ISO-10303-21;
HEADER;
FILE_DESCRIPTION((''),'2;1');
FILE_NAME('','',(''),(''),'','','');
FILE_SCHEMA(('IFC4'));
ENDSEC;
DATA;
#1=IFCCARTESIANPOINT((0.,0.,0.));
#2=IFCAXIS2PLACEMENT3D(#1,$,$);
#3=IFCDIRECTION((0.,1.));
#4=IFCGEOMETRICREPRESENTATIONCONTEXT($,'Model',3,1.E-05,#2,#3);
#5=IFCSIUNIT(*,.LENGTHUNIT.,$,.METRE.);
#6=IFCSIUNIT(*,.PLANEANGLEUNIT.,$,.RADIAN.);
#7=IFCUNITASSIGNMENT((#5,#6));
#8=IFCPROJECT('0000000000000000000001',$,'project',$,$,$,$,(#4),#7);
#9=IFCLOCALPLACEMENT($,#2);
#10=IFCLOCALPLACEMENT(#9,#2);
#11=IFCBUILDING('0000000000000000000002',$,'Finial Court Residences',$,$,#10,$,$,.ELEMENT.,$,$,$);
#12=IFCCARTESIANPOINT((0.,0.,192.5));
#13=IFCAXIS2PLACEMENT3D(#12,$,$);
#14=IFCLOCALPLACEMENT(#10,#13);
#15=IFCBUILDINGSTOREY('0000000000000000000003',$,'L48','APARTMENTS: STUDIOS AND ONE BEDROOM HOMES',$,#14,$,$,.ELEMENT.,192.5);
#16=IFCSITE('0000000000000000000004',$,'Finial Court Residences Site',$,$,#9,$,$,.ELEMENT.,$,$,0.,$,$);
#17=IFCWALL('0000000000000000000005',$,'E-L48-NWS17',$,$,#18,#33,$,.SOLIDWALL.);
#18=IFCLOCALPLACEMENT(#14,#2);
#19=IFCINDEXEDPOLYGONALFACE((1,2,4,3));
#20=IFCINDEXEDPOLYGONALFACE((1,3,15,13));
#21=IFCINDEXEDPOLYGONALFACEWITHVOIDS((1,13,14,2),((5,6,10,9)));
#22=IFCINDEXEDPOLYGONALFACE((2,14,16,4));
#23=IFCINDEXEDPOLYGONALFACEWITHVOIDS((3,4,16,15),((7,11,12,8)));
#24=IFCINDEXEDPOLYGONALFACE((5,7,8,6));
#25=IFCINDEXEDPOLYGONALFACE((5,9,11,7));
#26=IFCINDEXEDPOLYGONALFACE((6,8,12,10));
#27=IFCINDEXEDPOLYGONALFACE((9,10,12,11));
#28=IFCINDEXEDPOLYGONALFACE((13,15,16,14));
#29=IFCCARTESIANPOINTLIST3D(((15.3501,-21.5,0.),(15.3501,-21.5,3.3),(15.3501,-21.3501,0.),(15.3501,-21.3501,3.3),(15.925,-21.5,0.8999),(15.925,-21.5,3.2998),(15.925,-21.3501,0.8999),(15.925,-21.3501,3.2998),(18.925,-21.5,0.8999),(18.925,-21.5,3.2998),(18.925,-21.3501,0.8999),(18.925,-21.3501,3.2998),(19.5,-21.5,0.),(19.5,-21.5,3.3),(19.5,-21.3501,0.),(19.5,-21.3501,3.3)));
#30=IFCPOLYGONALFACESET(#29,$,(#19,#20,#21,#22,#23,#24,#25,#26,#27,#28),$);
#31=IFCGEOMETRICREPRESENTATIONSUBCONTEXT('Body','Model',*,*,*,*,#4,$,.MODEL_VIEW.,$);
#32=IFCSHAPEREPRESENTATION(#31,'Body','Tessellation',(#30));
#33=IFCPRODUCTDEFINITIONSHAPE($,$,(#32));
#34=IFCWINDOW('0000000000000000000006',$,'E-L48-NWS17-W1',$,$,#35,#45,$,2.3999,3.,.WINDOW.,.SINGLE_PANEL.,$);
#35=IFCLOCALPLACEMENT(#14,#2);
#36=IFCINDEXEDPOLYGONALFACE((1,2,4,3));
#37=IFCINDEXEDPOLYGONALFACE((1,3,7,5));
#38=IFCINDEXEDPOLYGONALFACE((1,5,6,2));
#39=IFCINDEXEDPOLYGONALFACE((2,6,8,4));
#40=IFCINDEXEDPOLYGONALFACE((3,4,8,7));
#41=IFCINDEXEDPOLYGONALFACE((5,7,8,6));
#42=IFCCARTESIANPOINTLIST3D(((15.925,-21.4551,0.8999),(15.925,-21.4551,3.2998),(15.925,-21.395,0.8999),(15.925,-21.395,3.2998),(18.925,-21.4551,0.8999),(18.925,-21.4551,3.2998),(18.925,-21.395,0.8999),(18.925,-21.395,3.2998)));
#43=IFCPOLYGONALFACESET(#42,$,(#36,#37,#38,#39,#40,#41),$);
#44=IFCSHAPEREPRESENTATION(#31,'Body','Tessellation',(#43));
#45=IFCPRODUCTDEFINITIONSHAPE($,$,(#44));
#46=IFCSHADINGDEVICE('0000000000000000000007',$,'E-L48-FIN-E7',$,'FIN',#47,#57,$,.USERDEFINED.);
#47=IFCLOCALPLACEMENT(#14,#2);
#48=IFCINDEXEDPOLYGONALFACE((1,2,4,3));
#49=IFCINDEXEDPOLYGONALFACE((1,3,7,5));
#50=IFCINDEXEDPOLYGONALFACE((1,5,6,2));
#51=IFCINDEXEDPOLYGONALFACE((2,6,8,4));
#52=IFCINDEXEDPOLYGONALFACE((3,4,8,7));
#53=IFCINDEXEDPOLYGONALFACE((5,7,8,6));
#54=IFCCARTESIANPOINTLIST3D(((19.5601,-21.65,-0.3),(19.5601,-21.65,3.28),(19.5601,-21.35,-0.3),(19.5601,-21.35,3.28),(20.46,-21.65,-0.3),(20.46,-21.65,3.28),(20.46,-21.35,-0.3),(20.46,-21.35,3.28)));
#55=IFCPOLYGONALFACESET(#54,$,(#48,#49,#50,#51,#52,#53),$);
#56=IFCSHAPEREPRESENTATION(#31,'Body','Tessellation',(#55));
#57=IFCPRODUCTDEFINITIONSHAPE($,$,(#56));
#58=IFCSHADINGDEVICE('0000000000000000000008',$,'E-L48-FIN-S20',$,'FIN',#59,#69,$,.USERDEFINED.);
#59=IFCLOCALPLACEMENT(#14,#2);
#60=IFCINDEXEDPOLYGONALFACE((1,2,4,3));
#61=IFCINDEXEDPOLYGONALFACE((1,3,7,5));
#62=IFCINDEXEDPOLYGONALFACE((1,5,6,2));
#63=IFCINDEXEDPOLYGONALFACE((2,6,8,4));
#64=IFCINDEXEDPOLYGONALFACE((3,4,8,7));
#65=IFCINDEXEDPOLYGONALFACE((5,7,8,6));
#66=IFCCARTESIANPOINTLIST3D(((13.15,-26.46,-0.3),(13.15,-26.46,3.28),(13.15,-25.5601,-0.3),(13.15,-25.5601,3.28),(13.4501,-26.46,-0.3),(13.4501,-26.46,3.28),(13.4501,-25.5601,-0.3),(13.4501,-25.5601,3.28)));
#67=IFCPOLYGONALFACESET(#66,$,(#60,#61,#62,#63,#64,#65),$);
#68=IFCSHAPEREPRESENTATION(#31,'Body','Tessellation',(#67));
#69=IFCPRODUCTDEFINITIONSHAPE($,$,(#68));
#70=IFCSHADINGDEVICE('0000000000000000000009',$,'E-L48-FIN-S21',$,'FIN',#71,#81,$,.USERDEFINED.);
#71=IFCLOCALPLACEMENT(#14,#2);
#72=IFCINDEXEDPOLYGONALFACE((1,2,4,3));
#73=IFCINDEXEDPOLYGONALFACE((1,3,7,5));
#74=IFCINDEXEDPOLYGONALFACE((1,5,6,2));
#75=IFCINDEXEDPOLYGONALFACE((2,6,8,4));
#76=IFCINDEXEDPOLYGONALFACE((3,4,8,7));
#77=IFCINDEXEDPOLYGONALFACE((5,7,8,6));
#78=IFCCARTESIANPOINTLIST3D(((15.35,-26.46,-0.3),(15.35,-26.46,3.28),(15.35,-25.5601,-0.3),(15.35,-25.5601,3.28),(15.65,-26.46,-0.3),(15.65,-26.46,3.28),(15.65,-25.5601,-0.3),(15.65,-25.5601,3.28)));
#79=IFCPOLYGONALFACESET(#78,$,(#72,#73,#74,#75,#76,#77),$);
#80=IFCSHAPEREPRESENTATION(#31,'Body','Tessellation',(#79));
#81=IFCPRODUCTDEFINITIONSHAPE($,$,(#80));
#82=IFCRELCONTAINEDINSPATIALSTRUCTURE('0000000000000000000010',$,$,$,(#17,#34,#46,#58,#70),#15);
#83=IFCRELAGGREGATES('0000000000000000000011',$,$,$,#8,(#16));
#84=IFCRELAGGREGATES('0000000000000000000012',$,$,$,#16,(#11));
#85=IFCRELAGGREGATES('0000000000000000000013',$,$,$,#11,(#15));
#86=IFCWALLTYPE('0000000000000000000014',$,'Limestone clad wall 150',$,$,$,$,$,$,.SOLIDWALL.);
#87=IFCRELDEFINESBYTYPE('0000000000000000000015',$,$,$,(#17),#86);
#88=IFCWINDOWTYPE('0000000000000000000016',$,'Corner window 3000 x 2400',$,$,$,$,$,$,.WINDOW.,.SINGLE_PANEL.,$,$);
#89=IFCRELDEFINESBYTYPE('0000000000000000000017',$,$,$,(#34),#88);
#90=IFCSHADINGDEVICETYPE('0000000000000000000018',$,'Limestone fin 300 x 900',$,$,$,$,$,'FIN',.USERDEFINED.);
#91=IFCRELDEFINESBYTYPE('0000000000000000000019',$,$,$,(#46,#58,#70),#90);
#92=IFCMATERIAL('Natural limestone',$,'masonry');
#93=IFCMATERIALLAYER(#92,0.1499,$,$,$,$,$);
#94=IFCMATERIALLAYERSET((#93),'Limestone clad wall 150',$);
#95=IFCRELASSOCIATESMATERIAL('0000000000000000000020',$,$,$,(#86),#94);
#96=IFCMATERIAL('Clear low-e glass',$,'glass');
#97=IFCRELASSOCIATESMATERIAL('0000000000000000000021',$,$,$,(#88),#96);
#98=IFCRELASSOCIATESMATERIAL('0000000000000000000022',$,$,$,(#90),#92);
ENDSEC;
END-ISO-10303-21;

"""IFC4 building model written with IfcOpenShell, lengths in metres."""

from ifc_helpers import new_model, si_unit, direction, frame, frame_2d, origin, origin_2d, place, context, subcontext, project, spatial, rectangle, extrude, material, layer, layer_set, type_object, element, fill, save


model = new_model("IFC4")

# Units and contexts
model_context = context("Model", 3, precision=1e-05, world=origin(), true_north=direction((0.0, 1.0)))
body_context = subcontext(model_context, "Body", "Model", "MODEL_VIEW")
ifc_project = project(units=[si_unit("LENGTHUNIT", "METRE"), si_unit("PLANEANGLEUNIT", "RADIAN")], contexts=[model_context])

# Site, building, storey
site_placement = place(None, origin())
site = spatial("IfcSite", under=ifc_project, at=site_placement, Name="Finial Court Residences Site", CompositionType="ELEMENT", RefElevation=0.0)
building_placement = place(site_placement, origin())
building = spatial("IfcBuilding", under=site, at=building_placement, Name="Finial Court Residences", CompositionType="ELEMENT")
storey_placement = place(building_placement, frame((0.0, 0.0, 192.5)))
storey = spatial("IfcBuildingStorey", under=building, at=storey_placement, Name="L48", Description="APARTMENTS: STUDIOS AND ONE BEDROOM HOMES", CompositionType="ELEMENT", Elevation=192.5)

# Shared definitions
ifc_material_1 = material(Name="Clear low-e glass", Category="glass")

# Wall, opening, window
ifc_material_2 = material(Name="Natural limestone", Category="masonry")
ifc_layer_1 = layer(ifc_material_2, 0.1499)
ifc_layer_set_1 = layer_set([ifc_layer_1], Name="Limestone clad wall 150")
wall_type_1 = type_object("IfcWallType", Name="Limestone clad wall 150", PredefinedType="SOLIDWALL", material=ifc_layer_set_1)
wall_1_placement = place(storey_placement, frame((19.5, -21.425, 0.0), z_axis=(0.0, 0.0, 1.0), x_axis=(-1.0, 0.0, 0.0)))
wall_1 = element("IfcWall", 1, at=wall_1_placement, inside=storey, type_object=wall_type_1, Name="E-L48-NWS17", PredefinedType="SOLIDWALL", context=body_context, shape_type="SweptSolid", body=[
    extrude(rectangle(XDim=4.1499, YDim=0.1499, at=frame_2d((2.075, 0.0))), origin(), (0.0, 0.0, 1.0), 3.3),
])
opening_1_placement = place(wall_1_placement, frame((0.575, 0.0, 0.8999)))
opening_1 = element("IfcOpeningElement", 2, at=opening_1_placement, cuts=wall_1, PredefinedType="OPENING", context=body_context, shape_type="SweptSolid", body=[
    extrude(rectangle(XDim=3.0, YDim=2.3999, at=frame_2d((1.5, 1.2))), frame((0.0, 0.085, 0.0), z_axis=(0.0, -1.0, 0.0), x_axis=(1.0, 0.0, 0.0)), (0.0, 0.0, 1.0), 0.1699),
])
window_type_1 = type_object("IfcWindowType", Name="Corner window 3000 x 2400", PartitioningType="SINGLE_PANEL", PredefinedType="WINDOW", material=ifc_material_1)
window_1_placement = place(opening_1_placement, origin())
window_1 = element("IfcWindow", 3, at=window_1_placement, inside=storey, type_object=window_type_1, Name="E-L48-NWS17-W1", OverallHeight=2.3999, OverallWidth=3.0, PartitioningType="SINGLE_PANEL", PredefinedType="WINDOW", context=body_context, shape_type="SweptSolid", body=[
    extrude(rectangle(XDim=3.0, YDim=2.3999, at=frame_2d((1.5, 1.2))), frame((0.0, 0.03, 0.0), z_axis=(0.0, -1.0, 0.0), x_axis=(1.0, 0.0, 0.0)), (0.0, 0.0, 1.0), 0.0601),
])
fill(opening_1, window_1)

# Shading devices
shading_device_type = type_object("IfcShadingDeviceType", Name="Limestone fin 300 x 900", ElementType="FIN", PredefinedType="USERDEFINED", material=ifc_material_2)
shading_device_placement = place(storey_placement, frame((20.01, -21.5, -0.3), z_axis=(0.0, 0.0, 1.0), x_axis=(1.0, 0.0, 0.0)))
element("IfcShadingDevice", 4, at=shading_device_placement, inside=storey, type_object=shading_device_type, Name="E-L48-FIN-E7", ObjectType="FIN", PredefinedType="USERDEFINED", context=body_context, shape_type="SweptSolid", body=[
    extrude(rectangle(XDim=0.8999, YDim=0.3, at=origin_2d()), origin(), (0.0, 0.0, 1.0), 3.5801),
])
for number, where, z_axis, x_axis, name in (
    (5, (13.3, -26.01, -0.3), (0.0, 0.0, 1.0), (1.0, 0.0, 0.0), "E-L48-FIN-S20"),
    (6, (15.5, -26.01, -0.3), (0.0, 0.0, 1.0), (1.0, 0.0, 0.0), "E-L48-FIN-S21"),
):
    element("IfcShadingDevice", number, at=place(storey_placement, frame(where, z_axis=z_axis, x_axis=x_axis)), inside=storey, type_object=shading_device_type, Name=name, ObjectType="FIN", PredefinedType="USERDEFINED", context=body_context, shape_type="SweptSolid", body=[
        extrude(rectangle(XDim=0.3, YDim=0.8999, at=origin_2d()), origin(), (0.0, 0.0, 1.0), 3.5801),
    ])

save(model, "model.ifc")
